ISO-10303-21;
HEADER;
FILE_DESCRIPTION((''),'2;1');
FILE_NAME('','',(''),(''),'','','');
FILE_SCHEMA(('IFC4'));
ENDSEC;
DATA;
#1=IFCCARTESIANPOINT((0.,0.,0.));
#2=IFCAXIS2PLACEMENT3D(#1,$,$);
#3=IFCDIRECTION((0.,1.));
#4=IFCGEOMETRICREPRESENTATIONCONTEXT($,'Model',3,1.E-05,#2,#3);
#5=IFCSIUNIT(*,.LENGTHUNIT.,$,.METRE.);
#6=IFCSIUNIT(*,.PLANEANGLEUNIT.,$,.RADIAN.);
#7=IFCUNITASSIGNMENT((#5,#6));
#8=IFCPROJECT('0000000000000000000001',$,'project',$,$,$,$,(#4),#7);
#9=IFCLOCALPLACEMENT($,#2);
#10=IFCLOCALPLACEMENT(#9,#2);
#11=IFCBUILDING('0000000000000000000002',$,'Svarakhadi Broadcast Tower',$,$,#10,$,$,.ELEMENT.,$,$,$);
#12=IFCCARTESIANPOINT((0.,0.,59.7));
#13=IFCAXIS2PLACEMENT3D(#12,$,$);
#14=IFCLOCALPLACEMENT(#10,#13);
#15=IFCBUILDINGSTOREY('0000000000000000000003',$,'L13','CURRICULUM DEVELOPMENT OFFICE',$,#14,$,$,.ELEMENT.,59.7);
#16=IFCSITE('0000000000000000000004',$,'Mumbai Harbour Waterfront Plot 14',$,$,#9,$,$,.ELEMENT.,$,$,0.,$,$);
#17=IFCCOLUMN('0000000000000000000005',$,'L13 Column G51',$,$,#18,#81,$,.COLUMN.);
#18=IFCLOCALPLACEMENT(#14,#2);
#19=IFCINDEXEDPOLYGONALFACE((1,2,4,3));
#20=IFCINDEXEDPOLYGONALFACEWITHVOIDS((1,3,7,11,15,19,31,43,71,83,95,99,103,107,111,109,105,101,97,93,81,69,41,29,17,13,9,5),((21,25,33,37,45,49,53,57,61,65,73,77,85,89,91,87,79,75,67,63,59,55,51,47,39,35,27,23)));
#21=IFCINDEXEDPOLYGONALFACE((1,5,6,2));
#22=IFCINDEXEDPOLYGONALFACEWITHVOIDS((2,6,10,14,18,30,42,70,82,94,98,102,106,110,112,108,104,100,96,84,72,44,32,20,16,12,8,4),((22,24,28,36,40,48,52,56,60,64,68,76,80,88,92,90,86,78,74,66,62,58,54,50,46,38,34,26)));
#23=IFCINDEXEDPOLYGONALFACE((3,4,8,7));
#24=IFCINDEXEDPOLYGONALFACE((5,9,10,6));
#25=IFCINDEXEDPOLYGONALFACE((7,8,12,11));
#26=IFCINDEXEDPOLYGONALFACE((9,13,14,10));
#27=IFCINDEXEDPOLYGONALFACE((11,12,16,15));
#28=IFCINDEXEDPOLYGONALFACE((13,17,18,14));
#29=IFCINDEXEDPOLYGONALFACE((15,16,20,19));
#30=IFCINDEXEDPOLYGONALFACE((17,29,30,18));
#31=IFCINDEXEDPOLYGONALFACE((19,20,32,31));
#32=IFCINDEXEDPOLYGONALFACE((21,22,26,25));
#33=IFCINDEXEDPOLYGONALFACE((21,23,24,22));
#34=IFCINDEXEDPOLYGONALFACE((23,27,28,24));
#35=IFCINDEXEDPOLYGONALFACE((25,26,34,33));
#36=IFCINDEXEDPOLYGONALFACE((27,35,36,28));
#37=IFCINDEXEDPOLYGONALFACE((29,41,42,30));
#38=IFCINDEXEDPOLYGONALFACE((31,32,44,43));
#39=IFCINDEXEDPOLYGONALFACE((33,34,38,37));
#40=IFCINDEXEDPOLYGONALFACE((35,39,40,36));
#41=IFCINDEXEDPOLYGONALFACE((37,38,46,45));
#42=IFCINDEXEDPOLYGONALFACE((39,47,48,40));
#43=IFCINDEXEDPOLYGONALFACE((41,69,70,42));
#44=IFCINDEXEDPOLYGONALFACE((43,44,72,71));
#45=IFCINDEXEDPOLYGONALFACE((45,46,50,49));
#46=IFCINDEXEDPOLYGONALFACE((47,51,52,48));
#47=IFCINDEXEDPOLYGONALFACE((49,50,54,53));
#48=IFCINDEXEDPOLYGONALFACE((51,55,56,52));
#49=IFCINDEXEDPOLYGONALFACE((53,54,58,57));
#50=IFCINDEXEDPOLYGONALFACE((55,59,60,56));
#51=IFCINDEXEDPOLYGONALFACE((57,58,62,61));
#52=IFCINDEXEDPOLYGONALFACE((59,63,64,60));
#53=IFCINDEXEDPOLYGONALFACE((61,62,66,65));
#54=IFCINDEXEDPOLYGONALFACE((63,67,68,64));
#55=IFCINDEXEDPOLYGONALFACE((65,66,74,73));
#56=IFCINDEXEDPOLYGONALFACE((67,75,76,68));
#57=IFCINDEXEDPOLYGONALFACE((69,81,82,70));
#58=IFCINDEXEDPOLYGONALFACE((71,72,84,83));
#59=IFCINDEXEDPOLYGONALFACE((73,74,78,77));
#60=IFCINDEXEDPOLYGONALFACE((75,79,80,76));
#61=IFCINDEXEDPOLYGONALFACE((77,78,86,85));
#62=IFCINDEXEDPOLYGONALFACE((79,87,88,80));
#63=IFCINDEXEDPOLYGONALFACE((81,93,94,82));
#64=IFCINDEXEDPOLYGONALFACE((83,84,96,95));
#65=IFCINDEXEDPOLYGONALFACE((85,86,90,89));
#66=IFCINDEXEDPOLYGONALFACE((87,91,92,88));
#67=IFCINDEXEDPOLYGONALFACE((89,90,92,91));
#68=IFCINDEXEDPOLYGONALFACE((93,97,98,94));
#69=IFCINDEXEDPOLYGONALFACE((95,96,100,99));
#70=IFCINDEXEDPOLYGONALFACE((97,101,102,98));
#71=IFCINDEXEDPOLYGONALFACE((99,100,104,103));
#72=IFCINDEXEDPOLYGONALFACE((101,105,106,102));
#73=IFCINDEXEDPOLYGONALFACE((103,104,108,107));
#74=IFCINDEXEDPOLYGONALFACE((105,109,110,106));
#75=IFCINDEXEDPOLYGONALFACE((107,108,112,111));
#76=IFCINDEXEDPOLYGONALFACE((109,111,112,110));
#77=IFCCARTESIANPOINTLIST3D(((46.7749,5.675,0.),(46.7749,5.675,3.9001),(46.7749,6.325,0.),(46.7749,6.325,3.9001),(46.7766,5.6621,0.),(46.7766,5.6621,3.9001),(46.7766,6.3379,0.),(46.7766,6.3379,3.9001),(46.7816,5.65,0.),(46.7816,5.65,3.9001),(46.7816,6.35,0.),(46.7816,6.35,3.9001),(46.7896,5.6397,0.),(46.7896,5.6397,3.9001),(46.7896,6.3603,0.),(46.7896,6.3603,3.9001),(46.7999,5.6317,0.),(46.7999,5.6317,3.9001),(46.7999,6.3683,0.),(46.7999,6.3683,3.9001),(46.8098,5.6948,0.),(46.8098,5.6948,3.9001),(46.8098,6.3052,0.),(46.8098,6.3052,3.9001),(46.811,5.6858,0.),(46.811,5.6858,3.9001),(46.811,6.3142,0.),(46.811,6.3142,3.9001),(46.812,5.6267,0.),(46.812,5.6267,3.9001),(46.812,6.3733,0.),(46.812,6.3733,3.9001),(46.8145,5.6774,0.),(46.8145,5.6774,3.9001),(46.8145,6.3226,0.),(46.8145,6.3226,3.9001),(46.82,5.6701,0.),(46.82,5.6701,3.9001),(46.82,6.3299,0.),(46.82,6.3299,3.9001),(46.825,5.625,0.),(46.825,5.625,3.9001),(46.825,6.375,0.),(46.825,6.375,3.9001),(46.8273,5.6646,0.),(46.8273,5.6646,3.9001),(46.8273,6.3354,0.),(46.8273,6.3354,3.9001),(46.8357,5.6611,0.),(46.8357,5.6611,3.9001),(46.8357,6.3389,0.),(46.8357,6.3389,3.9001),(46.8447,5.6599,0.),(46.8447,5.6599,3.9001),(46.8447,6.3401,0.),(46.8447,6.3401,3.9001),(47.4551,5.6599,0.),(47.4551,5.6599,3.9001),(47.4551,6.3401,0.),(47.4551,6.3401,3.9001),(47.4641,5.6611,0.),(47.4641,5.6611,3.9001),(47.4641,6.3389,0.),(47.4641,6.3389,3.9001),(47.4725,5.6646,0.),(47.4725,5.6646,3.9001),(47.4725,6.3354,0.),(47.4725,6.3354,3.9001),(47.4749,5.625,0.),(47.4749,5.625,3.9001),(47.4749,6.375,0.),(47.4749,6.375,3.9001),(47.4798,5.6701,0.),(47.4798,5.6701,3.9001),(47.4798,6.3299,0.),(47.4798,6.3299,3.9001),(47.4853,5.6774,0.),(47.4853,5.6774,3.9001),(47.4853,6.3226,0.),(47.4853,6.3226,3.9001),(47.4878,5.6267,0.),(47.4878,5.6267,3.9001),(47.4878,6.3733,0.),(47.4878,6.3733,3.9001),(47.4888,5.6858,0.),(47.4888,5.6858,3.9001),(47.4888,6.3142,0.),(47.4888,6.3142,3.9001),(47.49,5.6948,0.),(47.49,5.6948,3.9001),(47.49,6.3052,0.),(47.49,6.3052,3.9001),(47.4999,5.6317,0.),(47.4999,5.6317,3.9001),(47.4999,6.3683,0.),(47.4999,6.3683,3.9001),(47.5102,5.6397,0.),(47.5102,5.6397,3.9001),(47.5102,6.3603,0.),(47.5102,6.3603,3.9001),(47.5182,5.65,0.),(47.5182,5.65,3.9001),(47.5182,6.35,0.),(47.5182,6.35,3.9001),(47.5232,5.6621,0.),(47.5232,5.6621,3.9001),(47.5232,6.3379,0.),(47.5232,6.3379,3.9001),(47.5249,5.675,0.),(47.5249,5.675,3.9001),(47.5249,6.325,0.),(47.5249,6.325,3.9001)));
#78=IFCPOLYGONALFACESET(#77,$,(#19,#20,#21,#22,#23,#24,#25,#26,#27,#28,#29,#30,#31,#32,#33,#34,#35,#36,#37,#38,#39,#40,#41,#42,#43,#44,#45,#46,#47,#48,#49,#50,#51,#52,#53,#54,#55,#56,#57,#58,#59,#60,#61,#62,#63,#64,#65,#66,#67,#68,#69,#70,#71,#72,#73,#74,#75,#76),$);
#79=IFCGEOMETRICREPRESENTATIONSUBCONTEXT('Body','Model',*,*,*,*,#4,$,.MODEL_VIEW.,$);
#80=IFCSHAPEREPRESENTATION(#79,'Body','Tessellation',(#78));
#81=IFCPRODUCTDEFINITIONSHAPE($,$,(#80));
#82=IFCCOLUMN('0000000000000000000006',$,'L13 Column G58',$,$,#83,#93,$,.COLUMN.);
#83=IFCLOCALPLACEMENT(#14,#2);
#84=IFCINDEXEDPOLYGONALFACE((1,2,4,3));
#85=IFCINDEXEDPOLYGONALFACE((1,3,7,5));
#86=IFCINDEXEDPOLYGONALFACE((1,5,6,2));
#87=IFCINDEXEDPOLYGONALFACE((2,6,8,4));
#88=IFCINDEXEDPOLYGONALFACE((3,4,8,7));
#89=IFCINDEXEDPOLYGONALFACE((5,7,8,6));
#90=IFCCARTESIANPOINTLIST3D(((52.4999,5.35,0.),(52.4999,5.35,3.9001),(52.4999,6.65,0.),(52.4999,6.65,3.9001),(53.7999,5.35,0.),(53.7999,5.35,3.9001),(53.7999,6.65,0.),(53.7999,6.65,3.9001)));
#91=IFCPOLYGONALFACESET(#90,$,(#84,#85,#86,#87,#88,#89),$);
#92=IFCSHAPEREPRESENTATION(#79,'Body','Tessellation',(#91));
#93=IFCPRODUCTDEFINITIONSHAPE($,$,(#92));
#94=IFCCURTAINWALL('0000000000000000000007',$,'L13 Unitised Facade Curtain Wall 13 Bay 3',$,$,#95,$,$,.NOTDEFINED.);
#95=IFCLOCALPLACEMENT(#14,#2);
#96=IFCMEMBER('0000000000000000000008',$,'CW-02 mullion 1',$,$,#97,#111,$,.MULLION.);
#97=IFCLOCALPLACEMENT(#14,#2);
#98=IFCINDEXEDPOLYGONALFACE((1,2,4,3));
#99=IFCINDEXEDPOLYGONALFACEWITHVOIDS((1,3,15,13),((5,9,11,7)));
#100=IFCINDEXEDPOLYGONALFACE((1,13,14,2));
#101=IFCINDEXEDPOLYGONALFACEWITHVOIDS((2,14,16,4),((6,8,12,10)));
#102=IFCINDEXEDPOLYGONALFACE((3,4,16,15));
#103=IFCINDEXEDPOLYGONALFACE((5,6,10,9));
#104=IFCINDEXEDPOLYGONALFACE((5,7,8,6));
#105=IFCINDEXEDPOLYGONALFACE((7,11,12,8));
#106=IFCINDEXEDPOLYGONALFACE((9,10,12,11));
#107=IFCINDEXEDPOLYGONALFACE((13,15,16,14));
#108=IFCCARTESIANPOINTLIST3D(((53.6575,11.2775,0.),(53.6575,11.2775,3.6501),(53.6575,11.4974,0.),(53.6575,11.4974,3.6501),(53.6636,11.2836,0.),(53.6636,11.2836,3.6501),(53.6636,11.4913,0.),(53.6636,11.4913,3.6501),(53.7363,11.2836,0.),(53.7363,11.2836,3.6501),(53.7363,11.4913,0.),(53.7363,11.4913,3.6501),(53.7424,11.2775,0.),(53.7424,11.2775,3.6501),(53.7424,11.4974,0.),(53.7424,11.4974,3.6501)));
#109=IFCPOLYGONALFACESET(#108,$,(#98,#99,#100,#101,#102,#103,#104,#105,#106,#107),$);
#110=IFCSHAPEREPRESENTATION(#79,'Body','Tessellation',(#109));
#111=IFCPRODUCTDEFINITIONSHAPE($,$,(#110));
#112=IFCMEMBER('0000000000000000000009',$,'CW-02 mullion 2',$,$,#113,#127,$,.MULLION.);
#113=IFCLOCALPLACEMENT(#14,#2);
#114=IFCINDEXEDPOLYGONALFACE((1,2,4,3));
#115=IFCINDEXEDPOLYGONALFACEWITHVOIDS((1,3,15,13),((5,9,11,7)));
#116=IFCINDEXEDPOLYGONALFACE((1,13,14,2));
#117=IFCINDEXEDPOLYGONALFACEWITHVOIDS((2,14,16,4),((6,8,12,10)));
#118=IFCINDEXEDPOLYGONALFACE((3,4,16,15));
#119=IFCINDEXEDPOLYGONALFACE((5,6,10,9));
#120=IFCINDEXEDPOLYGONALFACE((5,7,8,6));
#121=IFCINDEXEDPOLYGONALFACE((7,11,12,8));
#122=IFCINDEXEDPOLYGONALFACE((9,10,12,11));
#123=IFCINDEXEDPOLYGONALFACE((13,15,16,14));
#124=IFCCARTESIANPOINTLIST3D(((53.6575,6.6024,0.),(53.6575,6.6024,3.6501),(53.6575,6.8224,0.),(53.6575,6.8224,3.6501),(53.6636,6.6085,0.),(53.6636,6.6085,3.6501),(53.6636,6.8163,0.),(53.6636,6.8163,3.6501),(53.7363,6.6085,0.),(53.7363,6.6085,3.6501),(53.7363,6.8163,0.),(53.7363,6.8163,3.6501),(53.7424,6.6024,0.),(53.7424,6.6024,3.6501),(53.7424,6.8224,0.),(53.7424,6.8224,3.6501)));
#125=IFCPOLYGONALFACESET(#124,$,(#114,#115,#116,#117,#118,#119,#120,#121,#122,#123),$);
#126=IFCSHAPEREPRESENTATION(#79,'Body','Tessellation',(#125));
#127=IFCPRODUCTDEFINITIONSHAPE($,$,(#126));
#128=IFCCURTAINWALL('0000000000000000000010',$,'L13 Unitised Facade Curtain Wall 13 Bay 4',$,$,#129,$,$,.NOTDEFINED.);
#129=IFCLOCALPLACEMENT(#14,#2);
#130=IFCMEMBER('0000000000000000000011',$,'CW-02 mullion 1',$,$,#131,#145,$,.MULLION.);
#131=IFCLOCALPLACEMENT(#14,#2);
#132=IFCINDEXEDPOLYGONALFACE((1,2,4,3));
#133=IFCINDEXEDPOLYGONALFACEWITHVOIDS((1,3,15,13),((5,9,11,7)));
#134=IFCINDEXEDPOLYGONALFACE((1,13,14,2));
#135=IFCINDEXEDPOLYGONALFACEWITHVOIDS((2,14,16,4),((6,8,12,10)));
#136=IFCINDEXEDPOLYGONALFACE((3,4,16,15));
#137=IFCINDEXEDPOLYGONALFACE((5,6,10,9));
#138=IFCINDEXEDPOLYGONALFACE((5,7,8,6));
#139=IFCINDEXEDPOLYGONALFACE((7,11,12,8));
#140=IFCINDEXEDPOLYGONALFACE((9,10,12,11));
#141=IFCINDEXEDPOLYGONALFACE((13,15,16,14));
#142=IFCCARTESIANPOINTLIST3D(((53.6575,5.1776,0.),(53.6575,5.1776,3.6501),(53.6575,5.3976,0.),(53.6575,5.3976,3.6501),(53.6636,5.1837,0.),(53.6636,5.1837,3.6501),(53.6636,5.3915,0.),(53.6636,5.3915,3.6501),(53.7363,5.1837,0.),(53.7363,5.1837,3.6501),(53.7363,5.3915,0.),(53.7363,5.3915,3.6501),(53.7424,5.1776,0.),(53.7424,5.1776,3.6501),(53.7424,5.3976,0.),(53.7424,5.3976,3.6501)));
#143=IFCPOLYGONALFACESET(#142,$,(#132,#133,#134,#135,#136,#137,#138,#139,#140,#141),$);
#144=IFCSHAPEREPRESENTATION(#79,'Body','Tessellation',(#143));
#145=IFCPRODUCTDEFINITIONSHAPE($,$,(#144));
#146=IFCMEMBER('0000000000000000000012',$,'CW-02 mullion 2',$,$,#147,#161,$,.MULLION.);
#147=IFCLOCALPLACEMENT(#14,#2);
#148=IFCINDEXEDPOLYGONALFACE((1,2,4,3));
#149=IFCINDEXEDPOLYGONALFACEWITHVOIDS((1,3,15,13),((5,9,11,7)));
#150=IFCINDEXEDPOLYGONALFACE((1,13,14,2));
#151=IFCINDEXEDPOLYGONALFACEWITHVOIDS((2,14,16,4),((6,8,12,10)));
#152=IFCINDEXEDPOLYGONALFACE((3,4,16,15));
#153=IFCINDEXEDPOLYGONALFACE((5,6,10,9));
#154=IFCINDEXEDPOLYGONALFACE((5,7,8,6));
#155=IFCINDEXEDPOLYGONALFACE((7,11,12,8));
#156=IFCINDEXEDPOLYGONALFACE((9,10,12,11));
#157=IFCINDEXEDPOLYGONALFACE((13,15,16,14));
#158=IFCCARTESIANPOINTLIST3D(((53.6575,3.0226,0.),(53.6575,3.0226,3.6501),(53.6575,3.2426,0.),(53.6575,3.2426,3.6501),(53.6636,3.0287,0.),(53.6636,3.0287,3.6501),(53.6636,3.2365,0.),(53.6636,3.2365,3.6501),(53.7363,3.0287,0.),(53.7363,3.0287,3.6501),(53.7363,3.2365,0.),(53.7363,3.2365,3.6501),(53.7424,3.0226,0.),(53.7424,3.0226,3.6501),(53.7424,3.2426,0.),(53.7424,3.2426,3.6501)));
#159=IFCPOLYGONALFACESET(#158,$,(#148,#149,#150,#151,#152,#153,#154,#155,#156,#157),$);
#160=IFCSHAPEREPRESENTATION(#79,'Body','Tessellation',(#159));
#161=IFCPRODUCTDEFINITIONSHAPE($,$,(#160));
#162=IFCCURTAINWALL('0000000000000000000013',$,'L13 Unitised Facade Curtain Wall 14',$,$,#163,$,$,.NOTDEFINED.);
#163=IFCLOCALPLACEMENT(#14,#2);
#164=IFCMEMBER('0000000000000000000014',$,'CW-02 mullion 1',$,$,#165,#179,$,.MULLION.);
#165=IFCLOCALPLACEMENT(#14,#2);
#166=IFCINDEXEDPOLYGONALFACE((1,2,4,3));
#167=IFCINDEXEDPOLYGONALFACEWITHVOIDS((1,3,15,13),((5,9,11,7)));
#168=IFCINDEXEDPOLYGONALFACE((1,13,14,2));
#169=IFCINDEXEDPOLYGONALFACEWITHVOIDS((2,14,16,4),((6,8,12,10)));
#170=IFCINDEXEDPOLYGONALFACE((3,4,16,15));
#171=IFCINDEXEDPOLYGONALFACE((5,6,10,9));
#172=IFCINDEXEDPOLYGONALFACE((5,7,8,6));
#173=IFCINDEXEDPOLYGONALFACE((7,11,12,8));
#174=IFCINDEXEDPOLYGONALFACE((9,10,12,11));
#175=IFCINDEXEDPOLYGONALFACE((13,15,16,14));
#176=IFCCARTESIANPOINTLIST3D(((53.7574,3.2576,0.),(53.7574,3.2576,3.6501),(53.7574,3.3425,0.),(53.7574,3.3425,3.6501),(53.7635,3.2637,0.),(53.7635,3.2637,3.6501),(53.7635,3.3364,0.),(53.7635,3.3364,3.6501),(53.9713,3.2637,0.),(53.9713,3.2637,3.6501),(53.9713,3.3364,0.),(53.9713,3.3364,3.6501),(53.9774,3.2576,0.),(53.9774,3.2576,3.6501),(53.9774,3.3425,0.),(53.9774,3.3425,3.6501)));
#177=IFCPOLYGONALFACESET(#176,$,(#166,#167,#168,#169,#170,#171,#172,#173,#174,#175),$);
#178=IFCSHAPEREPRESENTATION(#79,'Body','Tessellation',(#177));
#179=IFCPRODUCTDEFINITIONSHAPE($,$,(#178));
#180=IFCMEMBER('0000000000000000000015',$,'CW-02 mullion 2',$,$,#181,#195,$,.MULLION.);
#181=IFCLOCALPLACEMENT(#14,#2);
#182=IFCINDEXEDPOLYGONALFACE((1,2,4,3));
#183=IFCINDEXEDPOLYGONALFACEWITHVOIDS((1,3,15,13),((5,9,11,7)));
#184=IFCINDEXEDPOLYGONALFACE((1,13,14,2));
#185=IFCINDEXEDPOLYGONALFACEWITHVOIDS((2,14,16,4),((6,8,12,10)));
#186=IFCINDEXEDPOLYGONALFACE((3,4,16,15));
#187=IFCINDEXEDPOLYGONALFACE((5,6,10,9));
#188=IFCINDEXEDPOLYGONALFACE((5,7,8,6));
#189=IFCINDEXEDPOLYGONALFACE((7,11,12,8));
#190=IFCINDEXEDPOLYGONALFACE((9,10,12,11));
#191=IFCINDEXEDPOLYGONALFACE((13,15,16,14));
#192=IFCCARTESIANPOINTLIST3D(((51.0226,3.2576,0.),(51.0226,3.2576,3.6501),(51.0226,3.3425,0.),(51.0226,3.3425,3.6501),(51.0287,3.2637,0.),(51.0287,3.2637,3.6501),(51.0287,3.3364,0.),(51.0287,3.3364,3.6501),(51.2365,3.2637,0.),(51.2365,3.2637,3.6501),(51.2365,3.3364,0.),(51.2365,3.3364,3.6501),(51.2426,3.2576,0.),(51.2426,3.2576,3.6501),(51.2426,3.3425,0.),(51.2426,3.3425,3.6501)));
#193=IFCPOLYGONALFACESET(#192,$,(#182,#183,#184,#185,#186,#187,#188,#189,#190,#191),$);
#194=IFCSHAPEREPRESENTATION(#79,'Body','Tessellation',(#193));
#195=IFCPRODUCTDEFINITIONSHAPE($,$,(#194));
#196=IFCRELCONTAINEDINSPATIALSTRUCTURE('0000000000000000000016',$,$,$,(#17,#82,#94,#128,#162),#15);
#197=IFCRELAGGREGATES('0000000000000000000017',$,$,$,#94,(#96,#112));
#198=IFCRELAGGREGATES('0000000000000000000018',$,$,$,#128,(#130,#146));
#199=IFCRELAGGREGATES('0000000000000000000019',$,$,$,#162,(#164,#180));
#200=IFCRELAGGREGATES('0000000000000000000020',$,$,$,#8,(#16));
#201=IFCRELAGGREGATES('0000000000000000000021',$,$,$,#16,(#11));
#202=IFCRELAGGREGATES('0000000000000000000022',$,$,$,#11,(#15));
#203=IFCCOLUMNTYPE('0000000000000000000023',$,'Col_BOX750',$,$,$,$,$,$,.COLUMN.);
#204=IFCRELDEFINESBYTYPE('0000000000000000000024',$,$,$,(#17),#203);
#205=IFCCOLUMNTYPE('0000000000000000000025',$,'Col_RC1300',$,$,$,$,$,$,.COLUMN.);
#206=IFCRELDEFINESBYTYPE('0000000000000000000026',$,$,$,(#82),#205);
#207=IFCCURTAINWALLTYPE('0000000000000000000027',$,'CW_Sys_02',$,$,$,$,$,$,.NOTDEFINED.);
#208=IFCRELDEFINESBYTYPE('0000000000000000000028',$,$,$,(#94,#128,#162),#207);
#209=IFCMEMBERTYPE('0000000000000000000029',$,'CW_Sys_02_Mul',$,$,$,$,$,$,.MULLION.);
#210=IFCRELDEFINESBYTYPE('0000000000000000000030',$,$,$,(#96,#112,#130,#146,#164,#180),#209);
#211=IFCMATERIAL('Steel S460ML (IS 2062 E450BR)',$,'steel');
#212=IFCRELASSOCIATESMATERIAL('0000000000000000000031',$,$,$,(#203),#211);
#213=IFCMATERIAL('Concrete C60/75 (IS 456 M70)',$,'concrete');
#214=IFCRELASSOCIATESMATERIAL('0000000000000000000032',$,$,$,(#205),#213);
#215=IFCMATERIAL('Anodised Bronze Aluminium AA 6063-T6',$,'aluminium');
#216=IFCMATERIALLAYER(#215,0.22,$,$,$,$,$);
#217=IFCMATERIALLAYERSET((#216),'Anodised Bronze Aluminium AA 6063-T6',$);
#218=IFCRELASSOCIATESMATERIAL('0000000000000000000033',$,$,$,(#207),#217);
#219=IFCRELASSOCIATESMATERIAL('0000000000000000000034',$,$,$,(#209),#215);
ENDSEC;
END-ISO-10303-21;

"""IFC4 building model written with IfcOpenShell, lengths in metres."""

from ifc_helpers import new_model, si_unit, direction, frame, origin, origin_2d, place, context, subcontext, project, spatial, rectangle, hollow_rectangle, extrude, material, layer, layer_set, material_profile, profile_set, type_object, element, aggregate, save


model = new_model("IFC4")

# Units and contexts
model_context = context("Model", 3, precision=1e-05, world=origin(), true_north=direction((0.0, 1.0)))
body_context = subcontext(model_context, "Body", "Model", "MODEL_VIEW")
ifc_project = project(units=[si_unit("LENGTHUNIT", "METRE"), si_unit("PLANEANGLEUNIT", "RADIAN")], contexts=[model_context])

# Site, building, storey
site_placement = place(None, origin())
site = spatial("IfcSite", under=ifc_project, at=site_placement, Name="Mumbai Harbour Waterfront Plot 14", CompositionType="ELEMENT", RefElevation=0.0)
building_placement = place(site_placement, origin())
building = spatial("IfcBuilding", under=site, at=building_placement, Name="Svarakhadi Broadcast Tower", CompositionType="ELEMENT")
storey_placement = place(building_placement, frame((0.0, 0.0, 59.7)))
storey = spatial("IfcBuildingStorey", under=building, at=storey_placement, Name="L13", Description="CURRICULUM DEVELOPMENT OFFICE", CompositionType="ELEMENT", Elevation=59.7)

# Columns
ifc_material_1 = material(Name="Steel S460ML (IS 2062 E450BR)", Category="steel")
ifc_material_profile_1 = material_profile(ifc_material_1, hollow_rectangle(XDim=0.75, YDim=0.75, WallThickness=0.0349, InnerFilletRadius=0.0349, OuterFilletRadius=0.05, at=origin_2d()), Name="BOX 750x750x35")
ifc_profile_set_1 = profile_set([ifc_material_profile_1], Name="Steel S460ML (IS 2062 E450BR)")
column_type_1 = type_object("IfcColumnType", Name="Col_BOX750", PredefinedType="COLUMN", material=ifc_profile_set_1)
column_1_placement = place(storey_placement, frame((47.1499, 6.0, 0.0), z_axis=(0.0, 0.0, 1.0), x_axis=(1.0, 0.0, 0.0)))
element("IfcColumn", 1, at=column_1_placement, inside=storey, type_object=column_type_1, Name="L13 Column G51", PredefinedType="COLUMN", context=body_context, shape_type="SweptSolid", body=[
    extrude(hollow_rectangle(XDim=0.75, YDim=0.75, WallThickness=0.0349, InnerFilletRadius=0.0349, OuterFilletRadius=0.05, at=origin_2d()), origin(), (0.0, 0.0, 1.0), 3.9001),
])
ifc_material_2 = material(Name="Concrete C60/75 (IS 456 M70)", Category="concrete")
ifc_material_profile_2 = material_profile(ifc_material_2, rectangle(XDim=1.3, YDim=1.3, at=origin_2d()), Name="RC 1300x1300")
ifc_profile_set_2 = profile_set([ifc_material_profile_2], Name="Concrete C60/75 (IS 456 M70)")
column_type_2 = type_object("IfcColumnType", Name="Col_RC1300", PredefinedType="COLUMN", material=ifc_profile_set_2)
column_2_placement = place(storey_placement, frame((53.1499, 6.0, 0.0), z_axis=(0.0, 0.0, 1.0), x_axis=(1.0, 0.0, 0.0)))
element("IfcColumn", 2, at=column_2_placement, inside=storey, type_object=column_type_2, Name="L13 Column G58", PredefinedType="COLUMN", context=body_context, shape_type="SweptSolid", body=[
    extrude(rectangle(XDim=1.3, YDim=1.3, at=origin_2d()), origin(), (0.0, 0.0, 1.0), 3.9001),
])

# Curtain walls, members
ifc_material_3 = material(Name="Anodised Bronze Aluminium AA 6063-T6", Category="aluminium")
ifc_layer_1 = layer(ifc_material_3, 0.22)
ifc_layer_set_1 = layer_set([ifc_layer_1], Name="Anodised Bronze Aluminium AA 6063-T6")
curtain_wall_type = type_object("IfcCurtainWallType", Name="CW_Sys_02", PredefinedType="NOTDEFINED", material=ifc_layer_set_1)
curtain_wall_1_placement = place(storey_placement, origin())
curtain_wall_1 = element("IfcCurtainWall", 3, at=curtain_wall_1_placement, inside=storey, type_object=curtain_wall_type, Name="L13 Unitised Facade Curtain Wall 13 Bay 3", PredefinedType="NOTDEFINED")
ifc_material_profile_3 = material_profile(ifc_material_3, hollow_rectangle(XDim=0.085, YDim=0.22, WallThickness=0.0061, at=origin_2d()), Name="ALU MULLION 220x85x6")
ifc_profile_set_3 = profile_set([ifc_material_profile_3], Name="Anodised Bronze Aluminium AA 6063-T6")
member_type_1 = type_object("IfcMemberType", Name="CW_Sys_02_Mul", PredefinedType="MULLION", material=ifc_profile_set_3)
member_1_placement = place(storey_placement, frame((53.7, 11.3875, 0.0), z_axis=(0.0, 0.0, 1.0), x_axis=(1.0, 0.0, 0.0)))
member_1 = element("IfcMember", 4, at=member_1_placement, type_object=member_type_1, Name="CW-02 mullion 1", PredefinedType="MULLION", context=body_context, shape_type="SweptSolid", body=[
    extrude(hollow_rectangle(XDim=0.085, YDim=0.22, WallThickness=0.0061, at=origin_2d()), origin(), (0.0, 0.0, 1.0), 3.6501),
])
member_2_placement = place(storey_placement, frame((53.7, 6.7124, 0.0), z_axis=(0.0, 0.0, 1.0), x_axis=(1.0, 0.0, 0.0)))
member_2 = element("IfcMember", 5, at=member_2_placement, type_object=member_type_1, Name="CW-02 mullion 2", PredefinedType="MULLION", context=body_context, shape_type="SweptSolid", body=[
    extrude(hollow_rectangle(XDim=0.085, YDim=0.22, WallThickness=0.0061, at=origin_2d()), origin(), (0.0, 0.0, 1.0), 3.6501),
])
curtain_wall_2_placement = place(storey_placement, origin())
curtain_wall_2 = element("IfcCurtainWall", 6, at=curtain_wall_2_placement, inside=storey, type_object=curtain_wall_type, Name="L13 Unitised Facade Curtain Wall 13 Bay 4", PredefinedType="NOTDEFINED")
member_3_placement = place(storey_placement, frame((53.7, 5.2876, 0.0), z_axis=(0.0, 0.0, 1.0), x_axis=(1.0, 0.0, 0.0)))
member_3 = element("IfcMember", 7, at=member_3_placement, type_object=member_type_1, Name="CW-02 mullion 1", PredefinedType="MULLION", context=body_context, shape_type="SweptSolid", body=[
    extrude(hollow_rectangle(XDim=0.085, YDim=0.22, WallThickness=0.0061, at=origin_2d()), origin(), (0.0, 0.0, 1.0), 3.6501),
])
member_4_placement = place(storey_placement, frame((53.7, 3.1326, 0.0), z_axis=(0.0, 0.0, 1.0), x_axis=(1.0, 0.0, 0.0)))
member_4 = element("IfcMember", 8, at=member_4_placement, type_object=member_type_1, Name="CW-02 mullion 2", PredefinedType="MULLION", context=body_context, shape_type="SweptSolid", body=[
    extrude(hollow_rectangle(XDim=0.085, YDim=0.22, WallThickness=0.0061, at=origin_2d()), origin(), (0.0, 0.0, 1.0), 3.6501),
])
curtain_wall_3_placement = place(storey_placement, origin())
curtain_wall_3 = element("IfcCurtainWall", 9, at=curtain_wall_3_placement, inside=storey, type_object=curtain_wall_type, Name="L13 Unitised Facade Curtain Wall 14", PredefinedType="NOTDEFINED")
member_5_placement = place(storey_placement, frame((53.8674, 3.3, 0.0), z_axis=(0.0, 0.0, 1.0), x_axis=(0.0, -1.0, 0.0)))
member_5 = element("IfcMember", 10, at=member_5_placement, type_object=member_type_1, Name="CW-02 mullion 1", PredefinedType="MULLION", context=body_context, shape_type="SweptSolid", body=[
    extrude(hollow_rectangle(XDim=0.085, YDim=0.22, WallThickness=0.0061, at=origin_2d()), origin(), (0.0, 0.0, 1.0), 3.6501),
])
member_6_placement = place(storey_placement, frame((51.1326, 3.3, 0.0), z_axis=(0.0, 0.0, 1.0), x_axis=(0.0, -1.0, 0.0)))
member_6 = element("IfcMember", 11, at=member_6_placement, type_object=member_type_1, Name="CW-02 mullion 2", PredefinedType="MULLION", context=body_context, shape_type="SweptSolid", body=[
    extrude(hollow_rectangle(XDim=0.085, YDim=0.22, WallThickness=0.0061, at=origin_2d()), origin(), (0.0, 0.0, 1.0), 3.6501),
])

aggregate(curtain_wall_1, [member_1, member_2])
aggregate(curtain_wall_2, [member_3, member_4])
aggregate(curtain_wall_3, [member_5, member_6])

save(model, "model.ifc")
